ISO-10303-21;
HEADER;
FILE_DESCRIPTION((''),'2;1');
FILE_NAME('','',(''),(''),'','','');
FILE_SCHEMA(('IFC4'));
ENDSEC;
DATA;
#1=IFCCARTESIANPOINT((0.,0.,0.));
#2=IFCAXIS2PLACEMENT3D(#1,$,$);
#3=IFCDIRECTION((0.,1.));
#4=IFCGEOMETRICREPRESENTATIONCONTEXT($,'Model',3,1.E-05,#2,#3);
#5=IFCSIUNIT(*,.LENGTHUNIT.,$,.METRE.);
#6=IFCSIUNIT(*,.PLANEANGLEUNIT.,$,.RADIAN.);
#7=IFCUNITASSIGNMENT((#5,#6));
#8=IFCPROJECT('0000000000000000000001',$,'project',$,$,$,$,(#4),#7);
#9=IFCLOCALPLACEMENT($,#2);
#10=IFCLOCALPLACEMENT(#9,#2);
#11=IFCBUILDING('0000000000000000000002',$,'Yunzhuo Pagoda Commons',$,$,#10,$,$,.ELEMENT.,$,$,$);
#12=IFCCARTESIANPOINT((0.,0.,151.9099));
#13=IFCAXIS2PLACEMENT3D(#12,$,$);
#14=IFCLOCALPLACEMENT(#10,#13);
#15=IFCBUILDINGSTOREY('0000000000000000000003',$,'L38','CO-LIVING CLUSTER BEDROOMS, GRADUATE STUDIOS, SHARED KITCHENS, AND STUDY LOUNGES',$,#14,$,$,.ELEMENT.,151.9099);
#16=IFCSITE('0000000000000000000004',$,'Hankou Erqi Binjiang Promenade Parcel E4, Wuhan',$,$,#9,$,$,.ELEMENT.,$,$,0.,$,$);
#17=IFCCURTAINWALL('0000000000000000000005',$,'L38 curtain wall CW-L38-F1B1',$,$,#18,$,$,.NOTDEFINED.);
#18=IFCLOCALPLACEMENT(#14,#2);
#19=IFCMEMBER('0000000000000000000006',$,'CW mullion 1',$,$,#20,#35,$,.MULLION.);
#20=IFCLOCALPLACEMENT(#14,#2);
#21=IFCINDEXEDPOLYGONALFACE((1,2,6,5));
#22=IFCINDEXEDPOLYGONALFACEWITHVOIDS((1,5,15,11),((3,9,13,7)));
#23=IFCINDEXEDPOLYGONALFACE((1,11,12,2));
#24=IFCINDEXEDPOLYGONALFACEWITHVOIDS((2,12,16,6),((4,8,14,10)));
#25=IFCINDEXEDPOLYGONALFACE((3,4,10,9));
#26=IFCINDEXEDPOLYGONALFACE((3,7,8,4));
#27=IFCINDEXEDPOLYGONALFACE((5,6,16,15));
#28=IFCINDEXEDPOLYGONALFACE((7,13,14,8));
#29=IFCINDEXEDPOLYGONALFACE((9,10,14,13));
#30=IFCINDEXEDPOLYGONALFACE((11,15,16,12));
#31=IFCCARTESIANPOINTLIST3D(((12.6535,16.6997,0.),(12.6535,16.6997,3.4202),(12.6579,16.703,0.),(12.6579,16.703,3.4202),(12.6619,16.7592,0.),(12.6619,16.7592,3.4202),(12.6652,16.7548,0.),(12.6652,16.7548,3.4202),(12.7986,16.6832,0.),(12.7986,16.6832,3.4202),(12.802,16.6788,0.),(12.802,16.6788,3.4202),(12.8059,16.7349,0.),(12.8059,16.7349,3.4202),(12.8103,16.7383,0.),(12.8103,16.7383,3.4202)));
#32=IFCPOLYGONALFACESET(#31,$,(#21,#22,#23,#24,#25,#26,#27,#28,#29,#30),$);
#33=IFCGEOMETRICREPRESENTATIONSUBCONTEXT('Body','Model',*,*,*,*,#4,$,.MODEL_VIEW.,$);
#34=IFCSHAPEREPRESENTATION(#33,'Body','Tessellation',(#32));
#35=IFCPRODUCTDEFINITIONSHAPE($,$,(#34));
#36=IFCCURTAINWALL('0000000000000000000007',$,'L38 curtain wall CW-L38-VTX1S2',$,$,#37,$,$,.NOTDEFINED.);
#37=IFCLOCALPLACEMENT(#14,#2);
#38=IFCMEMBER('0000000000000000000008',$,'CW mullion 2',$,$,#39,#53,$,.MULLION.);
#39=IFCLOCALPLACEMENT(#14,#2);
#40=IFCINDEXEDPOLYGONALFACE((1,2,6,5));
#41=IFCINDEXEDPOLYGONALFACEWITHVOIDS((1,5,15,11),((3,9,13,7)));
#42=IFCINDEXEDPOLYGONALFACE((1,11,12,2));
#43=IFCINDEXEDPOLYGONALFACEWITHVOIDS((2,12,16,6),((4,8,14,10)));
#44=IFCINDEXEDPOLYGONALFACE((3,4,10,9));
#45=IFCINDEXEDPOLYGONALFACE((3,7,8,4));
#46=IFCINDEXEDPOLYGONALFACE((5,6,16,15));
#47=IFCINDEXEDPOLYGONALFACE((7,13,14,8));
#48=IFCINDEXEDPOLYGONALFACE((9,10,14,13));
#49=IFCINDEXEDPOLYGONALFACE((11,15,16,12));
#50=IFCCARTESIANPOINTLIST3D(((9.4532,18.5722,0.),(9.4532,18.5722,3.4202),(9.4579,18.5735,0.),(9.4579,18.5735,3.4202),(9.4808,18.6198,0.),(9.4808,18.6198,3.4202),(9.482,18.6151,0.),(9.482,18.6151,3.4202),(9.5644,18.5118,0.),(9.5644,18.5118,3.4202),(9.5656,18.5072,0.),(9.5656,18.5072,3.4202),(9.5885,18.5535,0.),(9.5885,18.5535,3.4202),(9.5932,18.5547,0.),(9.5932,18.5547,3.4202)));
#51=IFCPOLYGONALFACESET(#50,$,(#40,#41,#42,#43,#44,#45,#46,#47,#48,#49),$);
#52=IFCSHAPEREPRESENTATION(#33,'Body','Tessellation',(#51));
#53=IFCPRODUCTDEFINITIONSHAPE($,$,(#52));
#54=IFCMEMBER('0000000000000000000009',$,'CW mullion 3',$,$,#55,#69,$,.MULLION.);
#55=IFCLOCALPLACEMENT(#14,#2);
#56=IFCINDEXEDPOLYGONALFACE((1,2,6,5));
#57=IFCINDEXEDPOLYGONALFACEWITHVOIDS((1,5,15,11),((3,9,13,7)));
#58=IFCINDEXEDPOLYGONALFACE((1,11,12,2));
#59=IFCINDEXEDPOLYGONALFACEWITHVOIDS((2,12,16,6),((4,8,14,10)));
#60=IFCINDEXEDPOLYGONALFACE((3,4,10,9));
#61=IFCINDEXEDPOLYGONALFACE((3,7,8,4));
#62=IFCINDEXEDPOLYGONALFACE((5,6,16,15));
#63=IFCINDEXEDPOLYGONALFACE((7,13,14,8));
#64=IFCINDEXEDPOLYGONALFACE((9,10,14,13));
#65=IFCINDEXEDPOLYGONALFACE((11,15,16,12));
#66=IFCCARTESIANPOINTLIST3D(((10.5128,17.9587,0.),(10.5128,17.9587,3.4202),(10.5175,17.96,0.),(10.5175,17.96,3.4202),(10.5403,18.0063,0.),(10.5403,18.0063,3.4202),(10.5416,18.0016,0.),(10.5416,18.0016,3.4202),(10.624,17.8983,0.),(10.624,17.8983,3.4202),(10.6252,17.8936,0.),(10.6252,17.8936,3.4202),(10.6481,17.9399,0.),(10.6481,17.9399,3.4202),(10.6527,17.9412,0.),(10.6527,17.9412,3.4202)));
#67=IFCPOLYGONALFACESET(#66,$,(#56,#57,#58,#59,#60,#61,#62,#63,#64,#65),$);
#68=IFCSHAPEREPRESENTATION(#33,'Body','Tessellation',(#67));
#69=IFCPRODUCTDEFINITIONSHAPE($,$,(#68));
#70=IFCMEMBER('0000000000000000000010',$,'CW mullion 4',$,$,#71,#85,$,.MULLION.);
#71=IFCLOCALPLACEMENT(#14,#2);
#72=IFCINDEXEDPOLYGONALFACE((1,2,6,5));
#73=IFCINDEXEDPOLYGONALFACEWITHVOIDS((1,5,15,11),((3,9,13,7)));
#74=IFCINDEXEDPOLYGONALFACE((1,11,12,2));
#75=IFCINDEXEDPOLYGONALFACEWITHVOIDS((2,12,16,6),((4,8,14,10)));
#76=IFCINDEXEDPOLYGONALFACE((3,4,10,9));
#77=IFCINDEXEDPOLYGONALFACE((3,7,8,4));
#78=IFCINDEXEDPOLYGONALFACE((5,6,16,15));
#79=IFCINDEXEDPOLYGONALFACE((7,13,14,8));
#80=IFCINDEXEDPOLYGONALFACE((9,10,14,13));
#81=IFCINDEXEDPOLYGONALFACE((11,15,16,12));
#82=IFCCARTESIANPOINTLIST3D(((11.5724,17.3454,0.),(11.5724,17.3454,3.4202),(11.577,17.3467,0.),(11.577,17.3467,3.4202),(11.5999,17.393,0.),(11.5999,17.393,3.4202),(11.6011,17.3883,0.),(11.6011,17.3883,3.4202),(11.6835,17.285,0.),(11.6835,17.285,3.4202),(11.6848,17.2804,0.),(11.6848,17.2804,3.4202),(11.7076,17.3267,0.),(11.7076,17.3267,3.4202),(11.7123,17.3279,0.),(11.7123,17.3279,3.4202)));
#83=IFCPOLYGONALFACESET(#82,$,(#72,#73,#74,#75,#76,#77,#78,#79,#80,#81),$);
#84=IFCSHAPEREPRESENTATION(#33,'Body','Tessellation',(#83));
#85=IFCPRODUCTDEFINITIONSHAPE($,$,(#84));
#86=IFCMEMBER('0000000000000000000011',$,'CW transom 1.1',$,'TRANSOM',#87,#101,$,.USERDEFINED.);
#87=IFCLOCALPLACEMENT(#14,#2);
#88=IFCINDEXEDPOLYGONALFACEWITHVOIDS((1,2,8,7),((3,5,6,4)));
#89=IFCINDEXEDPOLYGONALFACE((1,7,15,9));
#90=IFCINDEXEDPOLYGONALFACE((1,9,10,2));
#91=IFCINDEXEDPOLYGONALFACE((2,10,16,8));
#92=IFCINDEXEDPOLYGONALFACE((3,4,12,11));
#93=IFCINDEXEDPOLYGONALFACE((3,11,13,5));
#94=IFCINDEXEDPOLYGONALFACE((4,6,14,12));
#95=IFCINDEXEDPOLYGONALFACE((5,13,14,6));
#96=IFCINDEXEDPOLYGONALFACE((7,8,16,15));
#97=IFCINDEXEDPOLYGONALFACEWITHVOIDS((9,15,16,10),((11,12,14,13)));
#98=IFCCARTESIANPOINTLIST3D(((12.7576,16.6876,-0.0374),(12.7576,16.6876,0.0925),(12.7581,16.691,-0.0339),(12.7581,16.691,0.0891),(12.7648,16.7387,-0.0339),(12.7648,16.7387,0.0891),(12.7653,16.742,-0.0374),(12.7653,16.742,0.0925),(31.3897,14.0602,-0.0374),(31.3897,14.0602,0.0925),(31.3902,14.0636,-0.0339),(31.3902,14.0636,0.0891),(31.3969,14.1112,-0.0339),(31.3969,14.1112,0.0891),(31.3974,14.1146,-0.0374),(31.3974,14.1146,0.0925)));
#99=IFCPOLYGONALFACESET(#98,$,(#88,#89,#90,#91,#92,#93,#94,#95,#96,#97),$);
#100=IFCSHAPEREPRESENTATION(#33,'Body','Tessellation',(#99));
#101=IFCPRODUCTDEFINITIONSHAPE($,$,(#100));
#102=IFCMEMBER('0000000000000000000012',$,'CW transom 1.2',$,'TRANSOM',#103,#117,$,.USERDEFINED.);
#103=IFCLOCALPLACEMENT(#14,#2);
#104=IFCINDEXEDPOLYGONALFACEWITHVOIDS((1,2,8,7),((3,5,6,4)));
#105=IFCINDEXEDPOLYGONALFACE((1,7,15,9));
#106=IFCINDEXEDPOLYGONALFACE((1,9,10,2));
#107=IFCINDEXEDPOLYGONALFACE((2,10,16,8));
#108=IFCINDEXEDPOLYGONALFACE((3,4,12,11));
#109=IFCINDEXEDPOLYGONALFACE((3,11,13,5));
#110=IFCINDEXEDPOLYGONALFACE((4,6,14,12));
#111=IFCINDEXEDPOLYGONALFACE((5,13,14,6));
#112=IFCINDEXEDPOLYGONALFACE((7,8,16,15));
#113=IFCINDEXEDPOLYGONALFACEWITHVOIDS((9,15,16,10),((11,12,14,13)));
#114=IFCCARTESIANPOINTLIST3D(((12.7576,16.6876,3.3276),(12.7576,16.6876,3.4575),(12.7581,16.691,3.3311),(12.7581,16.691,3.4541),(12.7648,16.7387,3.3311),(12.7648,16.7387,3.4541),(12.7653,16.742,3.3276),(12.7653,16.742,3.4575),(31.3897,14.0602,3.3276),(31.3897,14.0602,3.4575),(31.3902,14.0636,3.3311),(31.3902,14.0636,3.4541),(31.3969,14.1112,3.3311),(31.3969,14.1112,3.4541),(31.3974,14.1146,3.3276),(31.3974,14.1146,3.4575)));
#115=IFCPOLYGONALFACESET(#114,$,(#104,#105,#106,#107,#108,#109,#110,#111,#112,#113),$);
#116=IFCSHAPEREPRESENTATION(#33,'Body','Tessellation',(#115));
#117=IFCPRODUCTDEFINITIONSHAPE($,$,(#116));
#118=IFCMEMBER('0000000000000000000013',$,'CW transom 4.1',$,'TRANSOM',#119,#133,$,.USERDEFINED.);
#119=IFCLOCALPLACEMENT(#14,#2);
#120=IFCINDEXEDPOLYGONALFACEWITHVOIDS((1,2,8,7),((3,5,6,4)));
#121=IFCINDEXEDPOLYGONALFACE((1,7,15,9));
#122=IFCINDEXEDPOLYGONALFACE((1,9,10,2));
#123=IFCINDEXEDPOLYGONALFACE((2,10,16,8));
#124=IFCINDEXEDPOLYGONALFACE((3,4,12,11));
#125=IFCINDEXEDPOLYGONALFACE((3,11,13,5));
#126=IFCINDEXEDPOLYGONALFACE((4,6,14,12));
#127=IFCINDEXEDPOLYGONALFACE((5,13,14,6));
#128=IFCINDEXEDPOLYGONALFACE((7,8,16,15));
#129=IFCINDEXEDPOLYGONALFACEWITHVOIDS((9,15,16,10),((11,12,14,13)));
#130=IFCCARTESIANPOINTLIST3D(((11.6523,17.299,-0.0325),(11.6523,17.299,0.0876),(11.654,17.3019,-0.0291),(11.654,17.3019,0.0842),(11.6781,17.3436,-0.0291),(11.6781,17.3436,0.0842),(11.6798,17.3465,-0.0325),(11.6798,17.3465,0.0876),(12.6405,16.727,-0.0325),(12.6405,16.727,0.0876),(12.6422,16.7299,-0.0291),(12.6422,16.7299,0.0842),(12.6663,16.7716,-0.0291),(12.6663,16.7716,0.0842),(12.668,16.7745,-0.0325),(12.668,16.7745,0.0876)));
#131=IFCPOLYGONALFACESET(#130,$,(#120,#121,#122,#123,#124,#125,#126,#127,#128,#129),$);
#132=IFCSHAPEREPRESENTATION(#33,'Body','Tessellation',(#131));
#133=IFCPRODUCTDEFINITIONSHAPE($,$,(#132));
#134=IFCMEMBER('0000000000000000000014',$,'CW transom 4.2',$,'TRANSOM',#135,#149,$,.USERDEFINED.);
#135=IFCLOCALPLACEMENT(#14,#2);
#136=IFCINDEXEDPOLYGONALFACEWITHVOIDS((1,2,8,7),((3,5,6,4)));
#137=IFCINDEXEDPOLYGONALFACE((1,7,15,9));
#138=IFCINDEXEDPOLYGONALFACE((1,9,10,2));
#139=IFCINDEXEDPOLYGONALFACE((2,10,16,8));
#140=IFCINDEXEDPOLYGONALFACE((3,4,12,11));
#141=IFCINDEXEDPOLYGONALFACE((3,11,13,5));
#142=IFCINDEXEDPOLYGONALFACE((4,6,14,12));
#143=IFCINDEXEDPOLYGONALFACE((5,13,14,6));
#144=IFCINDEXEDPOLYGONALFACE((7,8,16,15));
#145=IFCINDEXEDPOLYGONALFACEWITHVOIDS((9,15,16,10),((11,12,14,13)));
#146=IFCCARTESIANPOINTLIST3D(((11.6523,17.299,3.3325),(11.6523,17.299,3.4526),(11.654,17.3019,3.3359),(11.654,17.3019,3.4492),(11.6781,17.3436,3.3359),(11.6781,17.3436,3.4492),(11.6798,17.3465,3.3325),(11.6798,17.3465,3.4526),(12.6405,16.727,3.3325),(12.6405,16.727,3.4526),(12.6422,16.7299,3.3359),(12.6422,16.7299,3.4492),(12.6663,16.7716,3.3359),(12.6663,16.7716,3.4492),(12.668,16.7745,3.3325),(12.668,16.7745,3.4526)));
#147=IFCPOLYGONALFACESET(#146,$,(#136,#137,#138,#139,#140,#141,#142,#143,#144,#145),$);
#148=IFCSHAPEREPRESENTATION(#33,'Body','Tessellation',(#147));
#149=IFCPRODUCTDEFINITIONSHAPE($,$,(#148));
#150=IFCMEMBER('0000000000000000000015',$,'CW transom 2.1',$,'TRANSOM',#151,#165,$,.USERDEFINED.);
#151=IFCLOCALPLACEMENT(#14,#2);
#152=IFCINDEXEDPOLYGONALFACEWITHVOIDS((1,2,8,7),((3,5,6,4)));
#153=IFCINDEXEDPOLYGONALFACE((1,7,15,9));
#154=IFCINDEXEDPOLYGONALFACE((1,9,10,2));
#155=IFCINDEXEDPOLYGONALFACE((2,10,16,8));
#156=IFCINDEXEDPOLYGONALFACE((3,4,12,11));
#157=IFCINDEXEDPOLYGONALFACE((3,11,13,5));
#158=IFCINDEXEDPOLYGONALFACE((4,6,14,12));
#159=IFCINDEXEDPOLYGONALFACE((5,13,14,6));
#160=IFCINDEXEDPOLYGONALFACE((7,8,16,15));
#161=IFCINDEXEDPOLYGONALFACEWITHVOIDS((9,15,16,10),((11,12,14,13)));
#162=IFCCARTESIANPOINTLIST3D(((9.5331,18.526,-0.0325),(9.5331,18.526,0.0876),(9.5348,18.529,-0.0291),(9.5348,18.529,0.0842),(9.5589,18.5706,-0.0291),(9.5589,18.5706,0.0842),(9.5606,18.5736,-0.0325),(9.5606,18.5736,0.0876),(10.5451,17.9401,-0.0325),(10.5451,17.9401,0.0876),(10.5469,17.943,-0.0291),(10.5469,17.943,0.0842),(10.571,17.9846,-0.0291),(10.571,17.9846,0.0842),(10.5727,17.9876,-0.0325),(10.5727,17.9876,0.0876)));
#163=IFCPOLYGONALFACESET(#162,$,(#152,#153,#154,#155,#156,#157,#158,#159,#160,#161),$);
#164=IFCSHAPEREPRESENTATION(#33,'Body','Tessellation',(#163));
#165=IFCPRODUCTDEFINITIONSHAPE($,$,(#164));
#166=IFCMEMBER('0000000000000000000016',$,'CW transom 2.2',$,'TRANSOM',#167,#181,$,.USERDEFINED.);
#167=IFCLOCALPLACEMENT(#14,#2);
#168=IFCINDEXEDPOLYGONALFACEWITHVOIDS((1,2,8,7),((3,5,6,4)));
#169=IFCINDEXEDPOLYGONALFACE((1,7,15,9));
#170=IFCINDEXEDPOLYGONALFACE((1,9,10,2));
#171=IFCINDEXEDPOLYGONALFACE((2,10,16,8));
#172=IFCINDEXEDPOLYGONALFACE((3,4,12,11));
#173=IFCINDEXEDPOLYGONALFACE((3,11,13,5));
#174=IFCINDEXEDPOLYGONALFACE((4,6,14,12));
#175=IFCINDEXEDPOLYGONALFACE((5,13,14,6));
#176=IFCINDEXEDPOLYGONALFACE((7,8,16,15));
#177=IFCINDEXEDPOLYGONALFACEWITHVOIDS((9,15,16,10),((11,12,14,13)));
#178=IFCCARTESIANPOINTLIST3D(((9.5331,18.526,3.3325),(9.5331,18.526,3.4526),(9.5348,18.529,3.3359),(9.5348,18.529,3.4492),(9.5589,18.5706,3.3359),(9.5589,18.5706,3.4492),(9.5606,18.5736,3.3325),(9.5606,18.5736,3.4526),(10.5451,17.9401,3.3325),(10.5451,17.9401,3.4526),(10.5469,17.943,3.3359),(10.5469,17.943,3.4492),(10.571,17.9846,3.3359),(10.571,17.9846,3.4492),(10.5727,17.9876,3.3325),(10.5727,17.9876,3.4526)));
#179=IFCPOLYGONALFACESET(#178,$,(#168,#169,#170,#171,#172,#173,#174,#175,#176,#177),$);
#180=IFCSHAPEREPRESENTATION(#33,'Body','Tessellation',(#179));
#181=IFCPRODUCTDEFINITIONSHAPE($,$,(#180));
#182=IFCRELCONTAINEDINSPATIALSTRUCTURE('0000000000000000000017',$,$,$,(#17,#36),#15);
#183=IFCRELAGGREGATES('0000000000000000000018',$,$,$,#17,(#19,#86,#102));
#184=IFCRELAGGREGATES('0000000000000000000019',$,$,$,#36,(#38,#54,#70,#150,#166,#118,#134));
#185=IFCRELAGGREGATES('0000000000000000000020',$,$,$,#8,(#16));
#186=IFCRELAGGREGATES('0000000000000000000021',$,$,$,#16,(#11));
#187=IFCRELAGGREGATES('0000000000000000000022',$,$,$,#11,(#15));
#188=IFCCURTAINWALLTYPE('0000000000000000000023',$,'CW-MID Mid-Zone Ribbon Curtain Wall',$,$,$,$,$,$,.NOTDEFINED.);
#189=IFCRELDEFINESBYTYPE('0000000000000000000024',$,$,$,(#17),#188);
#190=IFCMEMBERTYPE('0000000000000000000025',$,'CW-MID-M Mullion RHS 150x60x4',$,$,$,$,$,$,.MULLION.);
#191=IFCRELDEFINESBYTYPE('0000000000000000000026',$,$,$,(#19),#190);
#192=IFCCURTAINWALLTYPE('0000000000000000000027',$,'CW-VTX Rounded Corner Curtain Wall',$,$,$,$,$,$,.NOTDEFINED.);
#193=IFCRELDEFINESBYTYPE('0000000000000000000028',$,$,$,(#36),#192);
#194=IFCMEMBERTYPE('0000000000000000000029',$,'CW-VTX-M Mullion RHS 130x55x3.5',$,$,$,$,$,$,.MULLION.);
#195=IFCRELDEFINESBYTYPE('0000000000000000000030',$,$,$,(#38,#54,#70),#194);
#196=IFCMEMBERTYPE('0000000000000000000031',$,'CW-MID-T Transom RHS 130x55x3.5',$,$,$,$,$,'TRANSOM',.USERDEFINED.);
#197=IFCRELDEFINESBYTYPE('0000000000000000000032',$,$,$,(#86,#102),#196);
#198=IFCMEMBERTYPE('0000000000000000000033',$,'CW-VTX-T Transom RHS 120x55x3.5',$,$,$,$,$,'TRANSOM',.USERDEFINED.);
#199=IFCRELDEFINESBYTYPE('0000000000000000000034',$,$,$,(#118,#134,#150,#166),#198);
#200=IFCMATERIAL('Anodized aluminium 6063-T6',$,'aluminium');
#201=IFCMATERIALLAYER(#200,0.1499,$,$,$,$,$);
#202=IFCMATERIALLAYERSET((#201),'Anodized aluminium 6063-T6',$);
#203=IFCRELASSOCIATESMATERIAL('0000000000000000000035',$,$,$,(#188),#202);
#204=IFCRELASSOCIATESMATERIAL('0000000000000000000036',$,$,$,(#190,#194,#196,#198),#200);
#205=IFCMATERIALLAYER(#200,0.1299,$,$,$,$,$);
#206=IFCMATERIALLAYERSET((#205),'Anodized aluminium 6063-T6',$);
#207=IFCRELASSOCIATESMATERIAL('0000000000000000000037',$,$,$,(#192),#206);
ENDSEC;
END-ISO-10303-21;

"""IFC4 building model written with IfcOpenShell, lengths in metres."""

from ifc_helpers import new_model, si_unit, direction, frame, origin, origin_2d, place, context, subcontext, project, spatial, hollow_rectangle, extrude, source, transform, mapped, material, layer, layer_set, material_profile, profile_set, type_object, element, aggregate, save


model = new_model("IFC4")

# Units and contexts
model_context = context("Model", 3, precision=1e-05, world=origin(), true_north=direction((0.0, 1.0)))
body_context = subcontext(model_context, "Body", "Model", "MODEL_VIEW")
ifc_project = project(units=[si_unit("LENGTHUNIT", "METRE"), si_unit("PLANEANGLEUNIT", "RADIAN")], contexts=[model_context])

# Site, building, storey
site_placement = place(None, origin())
site = spatial("IfcSite", under=ifc_project, at=site_placement, Name="Hankou Erqi Binjiang Promenade Parcel E4, Wuhan", CompositionType="ELEMENT", RefElevation=0.0)
building_placement = place(site_placement, origin())
building = spatial("IfcBuilding", under=site, at=building_placement, Name="Yunzhuo Pagoda Commons", CompositionType="ELEMENT")
storey_placement = place(building_placement, frame((0.0, 0.0, 151.9099)))
storey = spatial("IfcBuildingStorey", under=building, at=storey_placement, Name="L38", Description="CO-LIVING CLUSTER BEDROOMS, GRADUATE STUDIOS, SHARED KITCHENS, AND STUDY LOUNGES", CompositionType="ELEMENT", Elevation=151.9099)

# Curtain wall, member
ifc_material_1 = material(Name="Anodized aluminium 6063-T6", Category="aluminium")
ifc_layer_1 = layer(ifc_material_1, 0.1499)
ifc_layer_set_1 = layer_set([ifc_layer_1], Name="Anodized aluminium 6063-T6")
curtain_wall_type_1 = type_object("IfcCurtainWallType", Name="CW-MID Mid-Zone Ribbon Curtain Wall", PredefinedType="NOTDEFINED", material=ifc_layer_set_1)
curtain_wall_1_placement = place(storey_placement, origin())
curtain_wall_1 = element("IfcCurtainWall", 1, at=curtain_wall_1_placement, inside=storey, type_object=curtain_wall_type_1, Name="L38 curtain wall CW-L38-F1B1", PredefinedType="NOTDEFINED")
ifc_material_profile_1 = material_profile(ifc_material_1, hollow_rectangle(XDim=0.0601, YDim=0.1499, WallThickness=0.0039, at=origin_2d()), Name="Anodized aluminium 6063-T6")
ifc_profile_set_1 = profile_set([ifc_material_profile_1], Name="Anodized aluminium 6063-T6")
member_type_1 = type_object("IfcMemberType", Name="CW-MID-M Mullion RHS 150x60x4", PredefinedType="MULLION", material=ifc_profile_set_1)
shared_shape_1 = source(origin(), body_context, "Body", "SweptSolid", [
    extrude(hollow_rectangle(XDim=0.0601, YDim=0.1499, WallThickness=0.0039, at=origin_2d()), origin(), (0.0, 0.0, 1.0), 3.4202),
])
member_1_placement = place(storey_placement, frame((12.7319, 16.719, 0.0), z_axis=(0.0, 0.0, 1.0), x_axis=(0.13963, 0.990204, 0.0)))
member_1 = element("IfcMember", 2, at=member_1_placement, type_object=member_type_1, Name="CW mullion 1", PredefinedType="MULLION", context=body_context, shape_type="MappedRepresentation", body=[
    mapped(shared_shape_1, transform((0.0, 0.0, 0.0), scale=1.0)),
])

# Curtain wall, members
ifc_layer_2 = layer(ifc_material_1, 0.1299)
ifc_layer_set_2 = layer_set([ifc_layer_2], Name="Anodized aluminium 6063-T6")
curtain_wall_type_2 = type_object("IfcCurtainWallType", Name="CW-VTX Rounded Corner Curtain Wall", PredefinedType="NOTDEFINED", material=ifc_layer_set_2)
curtain_wall_2_placement = place(storey_placement, origin())
curtain_wall_2 = element("IfcCurtainWall", 3, at=curtain_wall_2_placement, inside=storey, type_object=curtain_wall_type_2, Name="L38 curtain wall CW-L38-VTX1S2", PredefinedType="NOTDEFINED")
ifc_material_profile_2 = material_profile(ifc_material_1, hollow_rectangle(XDim=0.0549, YDim=0.1299, WallThickness=0.0034, at=origin_2d()), Name="Anodized aluminium 6063-T6")
ifc_profile_set_2 = profile_set([ifc_material_profile_2], Name="Anodized aluminium 6063-T6")
member_type_2 = type_object("IfcMemberType", Name="CW-VTX-M Mullion RHS 130x55x3.5", PredefinedType="MULLION", material=ifc_profile_set_2)
shared_shape_2 = source(origin(), body_context, "Body", "SweptSolid", [
    extrude(hollow_rectangle(XDim=0.0549, YDim=0.1299, WallThickness=0.0034, at=origin_2d()), origin(), (0.0, 0.0, 1.0), 3.4202),
])
member_2_placement = place(storey_placement, frame((9.5232, 18.5635, 0.0), z_axis=(0.0, 0.0, 1.0), x_axis=(0.501035, 0.865427, 0.0)))
member_2 = element("IfcMember", 4, at=member_2_placement, type_object=member_type_2, Name="CW mullion 2", PredefinedType="MULLION", context=body_context, shape_type="MappedRepresentation", body=[
    mapped(shared_shape_2, transform((0.0, 0.0, 0.0), scale=1.0)),
])
member_3_placement = place(storey_placement, frame((10.5828, 17.95, 0.0), z_axis=(0.0, 0.0, 1.0), x_axis=(0.501035, 0.865427, 0.0)))
member_3 = element("IfcMember", 5, at=member_3_placement, type_object=member_type_2, Name="CW mullion 3", PredefinedType="MULLION", context=body_context, shape_type="MappedRepresentation", body=[
    mapped(shared_shape_2, transform((0.0, 0.0, 0.0), scale=1.0)),
])
member_4_placement = place(storey_placement, frame((11.6423, 17.3367, 0.0), z_axis=(0.0, 0.0, 1.0), x_axis=(0.501035, 0.865427, 0.0)))
member_4 = element("IfcMember", 6, at=member_4_placement, type_object=member_type_2, Name="CW mullion 4", PredefinedType="MULLION", context=body_context, shape_type="MappedRepresentation", body=[
    mapped(shared_shape_2, transform((0.0, 0.0, 0.0), scale=1.0)),
])

# Members
ifc_material_profile_3 = material_profile(ifc_material_1, hollow_rectangle(XDim=0.0549, YDim=0.1299, WallThickness=0.0034, at=origin_2d()), Name="Anodized aluminium 6063-T6")
ifc_profile_set_3 = profile_set([ifc_material_profile_3], Name="Anodized aluminium 6063-T6")
member_type_3 = type_object("IfcMemberType", Name="CW-MID-T Transom RHS 130x55x3.5", ElementType="TRANSOM", PredefinedType="USERDEFINED", material=ifc_profile_set_3)
shared_shape_3 = source(origin(), body_context, "Body", "SweptSolid", [
    extrude(hollow_rectangle(XDim=0.0549, YDim=0.1299, WallThickness=0.0034, at=origin_2d()), origin(), (0.0, 0.0, 1.0), 18.8164),
])
member_5_placement = place(storey_placement, frame((12.7615, 16.7148, 0.0276), z_axis=(0.990203, -0.139636, 0.0), x_axis=(0.139636, 0.990203, 0.0)))
member_5 = element("IfcMember", 7, at=member_5_placement, type_object=member_type_3, Name="CW transom 1.1", ObjectType="TRANSOM", PredefinedType="USERDEFINED", context=body_context, shape_type="MappedRepresentation", body=[
    mapped(shared_shape_3, transform((0.0, 0.0, 0.0), scale=1.0)),
])
member_6_placement = place(storey_placement, frame((12.7615, 16.7148, 3.3926), z_axis=(0.990203, -0.139636, 0.0), x_axis=(0.139636, 0.990203, 0.0)))
member_6 = element("IfcMember", 8, at=member_6_placement, type_object=member_type_3, Name="CW transom 1.2", ObjectType="TRANSOM", PredefinedType="USERDEFINED", context=body_context, shape_type="MappedRepresentation", body=[
    mapped(shared_shape_3, transform((0.0, 0.0, 0.0), scale=1.0)),
])
aggregate(curtain_wall_1, [member_1, member_5, member_6])
ifc_material_profile_4 = material_profile(ifc_material_1, hollow_rectangle(XDim=0.0549, YDim=0.1201, WallThickness=0.0034, at=origin_2d()), Name="Anodized aluminium 6063-T6")
ifc_profile_set_4 = profile_set([ifc_material_profile_4], Name="Anodized aluminium 6063-T6")
member_type_4 = type_object("IfcMemberType", Name="CW-VTX-T Transom RHS 120x55x3.5", ElementType="TRANSOM", PredefinedType="USERDEFINED", material=ifc_profile_set_4)
shared_shape_4 = source(origin(), body_context, "Body", "SweptSolid", [
    extrude(hollow_rectangle(XDim=0.0549, YDim=0.1201, WallThickness=0.0034, at=origin_2d()), origin(), (0.0, 0.0, 1.0), 1.1418),
])
member_7_placement = place(storey_placement, frame((11.666, 17.3228, 0.0276), z_axis=(0.86548, -0.500944, 0.0), x_axis=(0.500944, 0.86548, 0.0)))
member_7 = element("IfcMember", 9, at=member_7_placement, type_object=member_type_4, Name="CW transom 4.1", ObjectType="TRANSOM", PredefinedType="USERDEFINED", context=body_context, shape_type="MappedRepresentation", body=[
    mapped(shared_shape_4, transform((0.0, 0.0, 0.0), scale=1.0)),
])
member_8_placement = place(storey_placement, frame((11.666, 17.3228, 3.3926), z_axis=(0.86548, -0.500944, 0.0), x_axis=(0.500944, 0.86548, 0.0)))
member_8 = element("IfcMember", 10, at=member_8_placement, type_object=member_type_4, Name="CW transom 4.2", ObjectType="TRANSOM", PredefinedType="USERDEFINED", context=body_context, shape_type="MappedRepresentation", body=[
    mapped(shared_shape_4, transform((0.0, 0.0, 0.0), scale=1.0)),
])
shared_shape_5 = source(origin(), body_context, "Body", "SweptSolid", [
    extrude(hollow_rectangle(XDim=0.0549, YDim=0.1201, WallThickness=0.0034, at=origin_2d()), origin(), (0.0, 0.0, 1.0), 1.1694),
])
member_9_placement = place(storey_placement, frame((9.5469, 18.5498, 0.0276), z_axis=(0.865402, -0.501077, 0.0), x_axis=(0.501077, 0.865402, 0.0)))
member_9 = element("IfcMember", 11, at=member_9_placement, type_object=member_type_4, Name="CW transom 2.1", ObjectType="TRANSOM", PredefinedType="USERDEFINED", context=body_context, shape_type="MappedRepresentation", body=[
    mapped(shared_shape_5, transform((0.0, 0.0, 0.0), scale=1.0)),
])
member_10_placement = place(storey_placement, frame((9.5469, 18.5498, 3.3926), z_axis=(0.865402, -0.501077, 0.0), x_axis=(0.501077, 0.865402, 0.0)))
member_10 = element("IfcMember", 12, at=member_10_placement, type_object=member_type_4, Name="CW transom 2.2", ObjectType="TRANSOM", PredefinedType="USERDEFINED", context=body_context, shape_type="MappedRepresentation", body=[
    mapped(shared_shape_5, transform((0.0, 0.0, 0.0), scale=1.0)),
])

aggregate(curtain_wall_2, [member_2, member_3, member_4, member_9, member_10, member_7, member_8])

save(model, "model.ifc")
